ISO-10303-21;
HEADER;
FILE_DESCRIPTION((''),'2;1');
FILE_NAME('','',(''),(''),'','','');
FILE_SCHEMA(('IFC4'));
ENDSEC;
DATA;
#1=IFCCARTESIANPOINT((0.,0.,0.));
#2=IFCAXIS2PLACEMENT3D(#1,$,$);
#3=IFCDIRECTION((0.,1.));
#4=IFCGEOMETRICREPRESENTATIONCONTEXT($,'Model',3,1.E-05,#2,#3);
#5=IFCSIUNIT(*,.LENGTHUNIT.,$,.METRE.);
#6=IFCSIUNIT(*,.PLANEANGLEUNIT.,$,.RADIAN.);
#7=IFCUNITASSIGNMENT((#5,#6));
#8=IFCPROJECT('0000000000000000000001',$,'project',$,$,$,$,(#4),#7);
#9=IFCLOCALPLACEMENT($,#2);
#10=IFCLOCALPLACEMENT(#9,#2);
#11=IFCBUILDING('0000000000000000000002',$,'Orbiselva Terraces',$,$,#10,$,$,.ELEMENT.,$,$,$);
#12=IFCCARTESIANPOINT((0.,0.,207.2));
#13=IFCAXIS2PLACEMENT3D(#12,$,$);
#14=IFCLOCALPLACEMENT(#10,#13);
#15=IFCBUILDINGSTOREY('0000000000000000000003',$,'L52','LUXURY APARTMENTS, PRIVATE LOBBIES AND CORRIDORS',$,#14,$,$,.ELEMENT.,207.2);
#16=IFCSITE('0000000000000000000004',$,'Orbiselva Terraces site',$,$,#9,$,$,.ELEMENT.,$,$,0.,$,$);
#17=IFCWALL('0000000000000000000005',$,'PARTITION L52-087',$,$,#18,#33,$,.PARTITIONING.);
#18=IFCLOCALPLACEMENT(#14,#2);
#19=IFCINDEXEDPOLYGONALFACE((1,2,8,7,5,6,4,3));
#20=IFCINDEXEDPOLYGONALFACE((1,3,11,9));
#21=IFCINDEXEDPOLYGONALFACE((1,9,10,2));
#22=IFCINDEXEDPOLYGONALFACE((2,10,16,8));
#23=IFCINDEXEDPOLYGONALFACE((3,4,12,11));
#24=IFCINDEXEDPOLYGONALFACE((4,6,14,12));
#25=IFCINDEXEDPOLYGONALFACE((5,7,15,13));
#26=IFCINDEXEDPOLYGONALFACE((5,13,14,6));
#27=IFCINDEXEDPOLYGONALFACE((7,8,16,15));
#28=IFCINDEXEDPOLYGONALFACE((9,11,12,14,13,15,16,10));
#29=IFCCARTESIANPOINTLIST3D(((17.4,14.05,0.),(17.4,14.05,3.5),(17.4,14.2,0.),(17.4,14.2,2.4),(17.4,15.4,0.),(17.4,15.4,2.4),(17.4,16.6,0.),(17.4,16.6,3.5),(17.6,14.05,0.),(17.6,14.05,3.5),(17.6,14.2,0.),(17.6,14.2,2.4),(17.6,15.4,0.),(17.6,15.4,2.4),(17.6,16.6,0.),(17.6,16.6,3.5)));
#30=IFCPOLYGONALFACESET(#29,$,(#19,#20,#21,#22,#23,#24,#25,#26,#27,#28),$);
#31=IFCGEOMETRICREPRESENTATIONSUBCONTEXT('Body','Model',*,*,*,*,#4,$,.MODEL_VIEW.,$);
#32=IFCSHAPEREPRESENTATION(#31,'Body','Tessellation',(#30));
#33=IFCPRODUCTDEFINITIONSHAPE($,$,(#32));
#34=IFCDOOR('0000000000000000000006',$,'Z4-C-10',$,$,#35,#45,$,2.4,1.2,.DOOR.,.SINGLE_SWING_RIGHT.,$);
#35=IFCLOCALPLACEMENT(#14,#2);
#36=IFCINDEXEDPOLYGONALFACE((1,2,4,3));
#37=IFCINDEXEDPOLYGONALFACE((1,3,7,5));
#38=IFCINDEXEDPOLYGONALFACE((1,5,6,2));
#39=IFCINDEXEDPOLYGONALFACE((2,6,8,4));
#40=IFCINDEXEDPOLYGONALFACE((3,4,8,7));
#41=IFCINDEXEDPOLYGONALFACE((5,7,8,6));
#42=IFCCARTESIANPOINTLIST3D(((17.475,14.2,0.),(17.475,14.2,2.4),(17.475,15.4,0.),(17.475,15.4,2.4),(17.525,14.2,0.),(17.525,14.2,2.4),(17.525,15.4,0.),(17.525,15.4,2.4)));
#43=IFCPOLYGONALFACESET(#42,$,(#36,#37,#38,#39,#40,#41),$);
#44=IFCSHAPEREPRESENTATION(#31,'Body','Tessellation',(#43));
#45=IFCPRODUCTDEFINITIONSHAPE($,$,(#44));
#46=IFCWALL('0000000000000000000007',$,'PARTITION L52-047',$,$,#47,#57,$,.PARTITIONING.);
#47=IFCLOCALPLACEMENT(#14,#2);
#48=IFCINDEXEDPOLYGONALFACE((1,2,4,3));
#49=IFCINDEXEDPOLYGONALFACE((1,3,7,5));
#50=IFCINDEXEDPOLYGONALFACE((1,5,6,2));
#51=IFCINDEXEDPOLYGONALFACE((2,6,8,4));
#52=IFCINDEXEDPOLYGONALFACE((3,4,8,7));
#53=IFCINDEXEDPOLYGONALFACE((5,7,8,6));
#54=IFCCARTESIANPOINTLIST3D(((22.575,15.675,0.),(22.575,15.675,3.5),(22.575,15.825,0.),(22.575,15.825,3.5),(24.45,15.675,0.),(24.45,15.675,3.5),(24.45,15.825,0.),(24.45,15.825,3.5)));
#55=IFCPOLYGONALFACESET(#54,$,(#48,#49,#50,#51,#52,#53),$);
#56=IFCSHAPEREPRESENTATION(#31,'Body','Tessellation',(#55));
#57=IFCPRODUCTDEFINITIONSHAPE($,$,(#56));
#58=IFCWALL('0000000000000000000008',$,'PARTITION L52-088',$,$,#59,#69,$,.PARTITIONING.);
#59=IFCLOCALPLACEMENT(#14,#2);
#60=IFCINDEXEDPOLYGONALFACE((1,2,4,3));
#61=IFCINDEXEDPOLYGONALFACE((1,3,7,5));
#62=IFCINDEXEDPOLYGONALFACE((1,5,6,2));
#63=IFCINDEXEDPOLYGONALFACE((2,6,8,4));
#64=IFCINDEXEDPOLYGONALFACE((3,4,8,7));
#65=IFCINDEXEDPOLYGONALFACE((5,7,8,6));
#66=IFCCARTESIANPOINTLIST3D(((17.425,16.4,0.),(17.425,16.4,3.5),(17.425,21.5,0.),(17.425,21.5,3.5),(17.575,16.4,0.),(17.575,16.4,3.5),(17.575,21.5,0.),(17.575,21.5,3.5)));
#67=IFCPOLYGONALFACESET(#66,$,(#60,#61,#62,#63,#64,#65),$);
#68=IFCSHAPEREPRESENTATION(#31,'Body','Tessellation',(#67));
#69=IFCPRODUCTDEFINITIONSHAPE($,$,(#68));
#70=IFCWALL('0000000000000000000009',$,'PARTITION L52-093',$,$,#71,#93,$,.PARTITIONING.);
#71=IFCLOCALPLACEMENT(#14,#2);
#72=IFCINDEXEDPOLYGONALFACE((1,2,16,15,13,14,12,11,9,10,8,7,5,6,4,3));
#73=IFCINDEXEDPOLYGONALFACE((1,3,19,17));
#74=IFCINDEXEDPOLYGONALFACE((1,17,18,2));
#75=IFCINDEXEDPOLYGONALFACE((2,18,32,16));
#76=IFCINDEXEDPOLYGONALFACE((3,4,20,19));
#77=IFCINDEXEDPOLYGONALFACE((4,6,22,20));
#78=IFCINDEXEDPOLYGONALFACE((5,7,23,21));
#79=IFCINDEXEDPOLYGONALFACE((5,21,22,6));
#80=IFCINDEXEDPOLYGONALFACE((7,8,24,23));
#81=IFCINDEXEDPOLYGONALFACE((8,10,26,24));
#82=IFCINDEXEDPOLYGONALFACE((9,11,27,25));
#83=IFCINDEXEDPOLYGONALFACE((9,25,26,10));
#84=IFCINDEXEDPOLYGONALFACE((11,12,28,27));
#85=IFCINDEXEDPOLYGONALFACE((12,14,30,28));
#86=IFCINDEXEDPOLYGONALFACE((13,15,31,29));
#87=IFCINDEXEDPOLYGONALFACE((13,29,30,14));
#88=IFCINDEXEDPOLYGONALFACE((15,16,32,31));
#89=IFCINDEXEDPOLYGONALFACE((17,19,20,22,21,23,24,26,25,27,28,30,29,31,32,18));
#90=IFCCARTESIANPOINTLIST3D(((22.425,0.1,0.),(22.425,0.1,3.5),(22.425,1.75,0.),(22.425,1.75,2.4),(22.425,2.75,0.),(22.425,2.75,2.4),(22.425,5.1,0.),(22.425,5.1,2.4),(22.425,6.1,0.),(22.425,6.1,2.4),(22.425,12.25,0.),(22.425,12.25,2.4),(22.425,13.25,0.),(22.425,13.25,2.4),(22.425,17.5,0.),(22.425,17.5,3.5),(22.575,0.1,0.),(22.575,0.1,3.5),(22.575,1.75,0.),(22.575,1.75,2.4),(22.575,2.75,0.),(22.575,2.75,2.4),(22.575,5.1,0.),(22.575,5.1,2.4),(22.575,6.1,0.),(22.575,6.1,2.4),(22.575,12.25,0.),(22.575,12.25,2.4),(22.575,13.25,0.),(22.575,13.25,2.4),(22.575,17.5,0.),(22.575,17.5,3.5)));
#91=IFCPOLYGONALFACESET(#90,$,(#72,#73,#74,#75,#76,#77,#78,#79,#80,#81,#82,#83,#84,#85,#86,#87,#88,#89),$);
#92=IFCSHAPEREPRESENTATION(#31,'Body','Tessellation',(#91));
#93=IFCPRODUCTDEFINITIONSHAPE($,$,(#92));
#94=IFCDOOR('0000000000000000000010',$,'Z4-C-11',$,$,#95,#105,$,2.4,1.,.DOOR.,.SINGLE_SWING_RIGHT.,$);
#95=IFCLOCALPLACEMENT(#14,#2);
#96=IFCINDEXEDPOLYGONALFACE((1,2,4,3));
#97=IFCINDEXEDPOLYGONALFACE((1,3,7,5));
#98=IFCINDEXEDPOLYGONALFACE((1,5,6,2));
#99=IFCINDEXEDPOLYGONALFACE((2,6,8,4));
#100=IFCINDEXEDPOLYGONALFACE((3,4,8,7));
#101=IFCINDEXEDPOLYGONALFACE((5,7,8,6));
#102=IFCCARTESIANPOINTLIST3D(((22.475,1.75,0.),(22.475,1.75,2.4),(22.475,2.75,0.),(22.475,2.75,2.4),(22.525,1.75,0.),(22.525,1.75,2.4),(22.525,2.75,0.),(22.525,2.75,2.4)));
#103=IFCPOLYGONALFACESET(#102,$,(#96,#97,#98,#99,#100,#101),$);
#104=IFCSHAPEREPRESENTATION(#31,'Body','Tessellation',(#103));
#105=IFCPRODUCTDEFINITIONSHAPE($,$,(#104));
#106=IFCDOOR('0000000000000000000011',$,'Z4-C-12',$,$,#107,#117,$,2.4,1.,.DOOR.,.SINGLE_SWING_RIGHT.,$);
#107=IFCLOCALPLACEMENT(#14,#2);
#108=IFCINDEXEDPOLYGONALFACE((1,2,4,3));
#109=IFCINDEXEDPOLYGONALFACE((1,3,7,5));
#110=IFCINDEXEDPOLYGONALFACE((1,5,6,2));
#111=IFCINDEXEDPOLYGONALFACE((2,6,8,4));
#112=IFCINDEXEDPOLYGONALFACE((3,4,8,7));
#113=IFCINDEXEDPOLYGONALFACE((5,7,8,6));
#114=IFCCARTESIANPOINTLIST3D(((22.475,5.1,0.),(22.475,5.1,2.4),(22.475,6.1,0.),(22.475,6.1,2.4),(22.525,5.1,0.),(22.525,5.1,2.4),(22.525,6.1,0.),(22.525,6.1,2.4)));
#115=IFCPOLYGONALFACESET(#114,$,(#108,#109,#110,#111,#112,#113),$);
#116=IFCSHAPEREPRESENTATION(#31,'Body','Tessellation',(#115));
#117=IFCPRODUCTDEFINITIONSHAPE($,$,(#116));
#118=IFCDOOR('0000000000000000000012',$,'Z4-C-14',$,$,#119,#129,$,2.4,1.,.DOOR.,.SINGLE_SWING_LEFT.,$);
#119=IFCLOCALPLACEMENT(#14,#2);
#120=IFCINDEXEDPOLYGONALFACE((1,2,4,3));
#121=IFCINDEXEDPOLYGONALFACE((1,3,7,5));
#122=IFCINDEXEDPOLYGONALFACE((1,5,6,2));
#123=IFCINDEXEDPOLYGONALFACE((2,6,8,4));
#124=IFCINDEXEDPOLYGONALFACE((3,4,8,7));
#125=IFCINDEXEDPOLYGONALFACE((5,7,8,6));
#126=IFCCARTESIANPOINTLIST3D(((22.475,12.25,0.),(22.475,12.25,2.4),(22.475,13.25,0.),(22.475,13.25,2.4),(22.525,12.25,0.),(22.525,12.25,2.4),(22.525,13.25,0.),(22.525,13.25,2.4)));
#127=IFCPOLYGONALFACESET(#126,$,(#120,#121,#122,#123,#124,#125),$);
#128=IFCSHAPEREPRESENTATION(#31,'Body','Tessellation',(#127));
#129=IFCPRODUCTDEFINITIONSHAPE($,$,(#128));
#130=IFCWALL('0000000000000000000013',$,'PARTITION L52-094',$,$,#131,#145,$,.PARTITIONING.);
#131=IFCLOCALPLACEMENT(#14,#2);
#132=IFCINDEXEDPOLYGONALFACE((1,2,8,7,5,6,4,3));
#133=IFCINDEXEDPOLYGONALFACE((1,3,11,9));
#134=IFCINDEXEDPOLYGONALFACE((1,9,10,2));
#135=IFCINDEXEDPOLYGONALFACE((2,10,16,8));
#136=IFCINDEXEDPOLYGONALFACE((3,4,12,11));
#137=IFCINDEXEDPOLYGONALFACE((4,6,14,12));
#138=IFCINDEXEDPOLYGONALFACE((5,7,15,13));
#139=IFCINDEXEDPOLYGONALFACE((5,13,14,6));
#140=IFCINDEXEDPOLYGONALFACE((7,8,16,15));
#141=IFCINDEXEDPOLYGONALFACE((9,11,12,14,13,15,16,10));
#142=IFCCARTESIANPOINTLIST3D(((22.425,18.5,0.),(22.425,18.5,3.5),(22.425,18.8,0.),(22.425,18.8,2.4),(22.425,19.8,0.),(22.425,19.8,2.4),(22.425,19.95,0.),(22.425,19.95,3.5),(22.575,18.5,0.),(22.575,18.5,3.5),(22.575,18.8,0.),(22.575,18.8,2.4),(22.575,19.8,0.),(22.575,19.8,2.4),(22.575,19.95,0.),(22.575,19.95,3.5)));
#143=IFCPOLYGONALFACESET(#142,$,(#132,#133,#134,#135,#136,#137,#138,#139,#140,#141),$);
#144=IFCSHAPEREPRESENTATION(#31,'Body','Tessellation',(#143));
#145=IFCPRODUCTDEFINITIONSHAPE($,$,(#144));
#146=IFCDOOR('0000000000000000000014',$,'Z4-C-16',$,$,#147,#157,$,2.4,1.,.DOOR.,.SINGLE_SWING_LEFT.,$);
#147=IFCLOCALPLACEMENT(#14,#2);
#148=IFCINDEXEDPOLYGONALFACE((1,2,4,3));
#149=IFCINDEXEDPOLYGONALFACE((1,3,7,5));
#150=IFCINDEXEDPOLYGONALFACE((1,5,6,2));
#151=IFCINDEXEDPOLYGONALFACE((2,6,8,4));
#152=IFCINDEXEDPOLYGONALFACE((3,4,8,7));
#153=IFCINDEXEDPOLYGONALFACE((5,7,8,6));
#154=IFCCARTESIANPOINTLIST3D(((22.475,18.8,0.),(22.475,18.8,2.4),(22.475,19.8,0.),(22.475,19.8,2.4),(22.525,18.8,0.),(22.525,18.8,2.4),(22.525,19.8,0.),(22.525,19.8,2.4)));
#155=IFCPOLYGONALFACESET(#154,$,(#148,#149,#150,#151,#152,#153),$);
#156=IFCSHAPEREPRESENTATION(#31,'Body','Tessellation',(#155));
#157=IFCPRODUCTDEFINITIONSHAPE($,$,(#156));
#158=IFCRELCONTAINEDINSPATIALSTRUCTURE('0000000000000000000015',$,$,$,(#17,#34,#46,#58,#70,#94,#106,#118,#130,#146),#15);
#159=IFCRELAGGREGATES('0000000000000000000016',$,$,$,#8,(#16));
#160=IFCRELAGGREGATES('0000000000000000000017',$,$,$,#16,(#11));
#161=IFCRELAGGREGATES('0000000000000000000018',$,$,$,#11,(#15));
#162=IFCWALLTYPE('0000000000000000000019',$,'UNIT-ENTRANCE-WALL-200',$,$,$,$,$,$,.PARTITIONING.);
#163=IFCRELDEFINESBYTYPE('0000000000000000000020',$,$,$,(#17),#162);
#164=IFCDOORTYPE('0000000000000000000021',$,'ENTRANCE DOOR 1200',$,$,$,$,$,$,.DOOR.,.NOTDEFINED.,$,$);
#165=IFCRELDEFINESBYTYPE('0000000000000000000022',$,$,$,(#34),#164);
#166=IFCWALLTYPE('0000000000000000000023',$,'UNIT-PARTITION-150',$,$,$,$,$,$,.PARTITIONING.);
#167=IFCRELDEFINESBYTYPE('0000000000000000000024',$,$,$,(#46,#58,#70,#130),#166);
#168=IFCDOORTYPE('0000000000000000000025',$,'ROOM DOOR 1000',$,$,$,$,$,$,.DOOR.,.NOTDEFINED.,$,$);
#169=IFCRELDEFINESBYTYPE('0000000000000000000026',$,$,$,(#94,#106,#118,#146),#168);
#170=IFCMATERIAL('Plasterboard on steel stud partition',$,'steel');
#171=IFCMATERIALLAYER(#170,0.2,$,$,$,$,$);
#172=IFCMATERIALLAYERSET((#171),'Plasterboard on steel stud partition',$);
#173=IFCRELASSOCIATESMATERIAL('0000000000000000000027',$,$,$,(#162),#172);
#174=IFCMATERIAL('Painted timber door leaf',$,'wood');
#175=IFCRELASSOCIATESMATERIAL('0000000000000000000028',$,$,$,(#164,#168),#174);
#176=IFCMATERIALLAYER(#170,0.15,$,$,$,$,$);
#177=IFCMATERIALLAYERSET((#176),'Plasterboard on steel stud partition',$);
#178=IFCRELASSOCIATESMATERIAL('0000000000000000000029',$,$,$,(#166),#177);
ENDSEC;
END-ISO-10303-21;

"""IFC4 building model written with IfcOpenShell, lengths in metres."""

from ifc_helpers import new_model, si_unit, direction, frame, frame_2d, origin, place, context, subcontext, project, spatial, rectangle, extrude, material, layer, layer_set, type_object, element, fill, save


model = new_model("IFC4")

# Units and contexts
model_context = context("Model", 3, precision=1e-05, world=origin(), true_north=direction((0.0, 1.0)))
body_context = subcontext(model_context, "Body", "Model", "MODEL_VIEW")
ifc_project = project(units=[si_unit("LENGTHUNIT", "METRE"), si_unit("PLANEANGLEUNIT", "RADIAN")], contexts=[model_context])

# Site, building, storey
site_placement = place(None, origin())
site = spatial("IfcSite", under=ifc_project, at=site_placement, Name="Orbiselva Terraces site", CompositionType="ELEMENT", RefElevation=0.0)
building_placement = place(site_placement, origin())
building = spatial("IfcBuilding", under=site, at=building_placement, Name="Orbiselva Terraces", CompositionType="ELEMENT")
storey_placement = place(building_placement, frame((0.0, 0.0, 207.2)))
storey = spatial("IfcBuildingStorey", under=building, at=storey_placement, Name="L52", Description="LUXURY APARTMENTS, PRIVATE LOBBIES AND CORRIDORS", CompositionType="ELEMENT", Elevation=207.2)

# Wall, opening, door
ifc_material_1 = material(Name="Plasterboard on steel stud partition", Category="steel")
ifc_layer_1 = layer(ifc_material_1, 0.2)
ifc_layer_set_1 = layer_set([ifc_layer_1], Name="Plasterboard on steel stud partition")
wall_type_1 = type_object("IfcWallType", Name="UNIT-ENTRANCE-WALL-200", PredefinedType="PARTITIONING", material=ifc_layer_set_1)
wall_1_placement = place(storey_placement, frame((17.5, 16.6, 0.0), z_axis=(0.0, 0.0, 1.0), x_axis=(0.0, -1.0, 0.0)))
wall_1 = element("IfcWall", 1, at=wall_1_placement, inside=storey, type_object=wall_type_1, Name="PARTITION L52-087", PredefinedType="PARTITIONING", context=body_context, shape_type="SweptSolid", body=[
    extrude(rectangle(XDim=2.55, YDim=0.2, at=frame_2d((1.275, 0.0))), origin(), (0.0, 0.0, 1.0), 3.5),
])
opening_1_placement = place(wall_1_placement, frame((1.2, 0.0, 0.0)))
opening_1 = element("IfcOpeningElement", 2, at=opening_1_placement, cuts=wall_1, PredefinedType="OPENING", context=body_context, shape_type="SweptSolid", body=[
    extrude(rectangle(XDim=1.2, YDim=2.4, at=frame_2d((0.6, 1.2))), frame((0.0, 0.11, 0.0), z_axis=(0.0, -1.0, 0.0), x_axis=(1.0, 0.0, 0.0)), (0.0, 0.0, 1.0), 0.22),
])
ifc_material_2 = material(Name="Painted timber door leaf", Category="wood")
door_type_1 = type_object("IfcDoorType", Name="ENTRANCE DOOR 1200", OperationType="NOTDEFINED", PredefinedType="DOOR", material=ifc_material_2)
door_1_placement = place(opening_1_placement, origin())
door_1 = element("IfcDoor", 3, at=door_1_placement, inside=storey, type_object=door_type_1, Name="Z4-C-10", OperationType="SINGLE_SWING_RIGHT", OverallHeight=2.4, OverallWidth=1.2, PredefinedType="DOOR", context=body_context, shape_type="SweptSolid", body=[
    extrude(rectangle(XDim=1.2, YDim=2.4, at=frame_2d((0.6, 1.2))), frame((0.0, 0.025, 0.0), z_axis=(0.0, -1.0, 0.0), x_axis=(1.0, 0.0, 0.0)), (0.0, 0.0, 1.0), 0.05),
])
fill(opening_1, door_1)

# Walls
ifc_layer_2 = layer(ifc_material_1, 0.15)
ifc_layer_set_2 = layer_set([ifc_layer_2], Name="Plasterboard on steel stud partition")
wall_type_2 = type_object("IfcWallType", Name="UNIT-PARTITION-150", PredefinedType="PARTITIONING", material=ifc_layer_set_2)
wall_2_placement = place(storey_placement, frame((22.575, 15.75, 0.0), z_axis=(0.0, 0.0, 1.0), x_axis=(1.0, 0.0, 0.0)))
element("IfcWall", 4, at=wall_2_placement, inside=storey, type_object=wall_type_2, Name="PARTITION L52-047", PredefinedType="PARTITIONING", context=body_context, shape_type="SweptSolid", body=[
    extrude(rectangle(XDim=1.875, YDim=0.15, at=frame_2d((0.9375, 0.0))), origin(), (0.0, 0.0, 1.0), 3.5),
])
wall_3_placement = place(storey_placement, frame((17.5, 16.4, 0.0), z_axis=(0.0, 0.0, 1.0), x_axis=(0.0, 1.0, 0.0)))
element("IfcWall", 5, at=wall_3_placement, inside=storey, type_object=wall_type_2, Name="PARTITION L52-088", PredefinedType="PARTITIONING", context=body_context, shape_type="SweptSolid", body=[
    extrude(rectangle(XDim=5.1, YDim=0.15, at=frame_2d((2.55, 0.0))), origin(), (0.0, 0.0, 1.0), 3.5),
])

# Wall, openings, doors
wall_4_placement = place(storey_placement, frame((22.5, 17.5, 0.0), z_axis=(0.0, 0.0, 1.0), x_axis=(0.0, -1.0, 0.0)))
wall_4 = element("IfcWall", 6, at=wall_4_placement, inside=storey, type_object=wall_type_2, Name="PARTITION L52-093", PredefinedType="PARTITIONING", context=body_context, shape_type="SweptSolid", body=[
    extrude(rectangle(XDim=17.4, YDim=0.15, at=frame_2d((8.7, 0.0))), origin(), (0.0, 0.0, 1.0), 3.5),
])
opening_2_placement = place(wall_4_placement, frame((14.75, 0.0, 0.0)))
opening_2 = element("IfcOpeningElement", 7, at=opening_2_placement, cuts=wall_4, PredefinedType="OPENING", context=body_context, shape_type="SweptSolid", body=[
    extrude(rectangle(XDim=1.0, YDim=2.4, at=frame_2d((0.5, 1.2))), frame((0.0, 0.085, 0.0), z_axis=(0.0, -1.0, 0.0), x_axis=(1.0, 0.0, 0.0)), (0.0, 0.0, 1.0), 0.17),
])
opening_3_placement = place(wall_4_placement, frame((11.4, 0.0, 0.0)))
opening_3 = element("IfcOpeningElement", 8, at=opening_3_placement, cuts=wall_4, PredefinedType="OPENING", context=body_context, shape_type="SweptSolid", body=[
    extrude(rectangle(XDim=1.0, YDim=2.4, at=frame_2d((0.5, 1.2))), frame((0.0, 0.085, 0.0), z_axis=(0.0, -1.0, 0.0), x_axis=(1.0, 0.0, 0.0)), (0.0, 0.0, 1.0), 0.17),
])
opening_4_placement = place(wall_4_placement, frame((4.25, 0.0, 0.0)))
opening_4 = element("IfcOpeningElement", 9, at=opening_4_placement, cuts=wall_4, PredefinedType="OPENING", context=body_context, shape_type="SweptSolid", body=[
    extrude(rectangle(XDim=1.0, YDim=2.4, at=frame_2d((0.5, 1.2))), frame((0.0, 0.085, 0.0), z_axis=(0.0, -1.0, 0.0), x_axis=(1.0, 0.0, 0.0)), (0.0, 0.0, 1.0), 0.17),
])
door_type_2 = type_object("IfcDoorType", Name="ROOM DOOR 1000", OperationType="NOTDEFINED", PredefinedType="DOOR", material=ifc_material_2)
door_2_placement = place(opening_2_placement, origin())
door_2 = element("IfcDoor", 10, at=door_2_placement, inside=storey, type_object=door_type_2, Name="Z4-C-11", OperationType="SINGLE_SWING_RIGHT", OverallHeight=2.4, OverallWidth=1.0, PredefinedType="DOOR", context=body_context, shape_type="SweptSolid", body=[
    extrude(rectangle(XDim=1.0, YDim=2.4, at=frame_2d((0.5, 1.2))), frame((0.0, 0.025, 0.0), z_axis=(0.0, -1.0, 0.0), x_axis=(1.0, 0.0, 0.0)), (0.0, 0.0, 1.0), 0.05),
])
fill(opening_2, door_2)
door_3_placement = place(opening_3_placement, origin())
door_3 = element("IfcDoor", 11, at=door_3_placement, inside=storey, type_object=door_type_2, Name="Z4-C-12", OperationType="SINGLE_SWING_RIGHT", OverallHeight=2.4, OverallWidth=1.0, PredefinedType="DOOR", context=body_context, shape_type="SweptSolid", body=[
    extrude(rectangle(XDim=1.0, YDim=2.4, at=frame_2d((0.5, 1.2))), frame((0.0, 0.025, 0.0), z_axis=(0.0, -1.0, 0.0), x_axis=(1.0, 0.0, 0.0)), (0.0, 0.0, 1.0), 0.05),
])
fill(opening_3, door_3)
door_4_placement = place(opening_4_placement, origin())
door_4 = element("IfcDoor", 12, at=door_4_placement, inside=storey, type_object=door_type_2, Name="Z4-C-14", OperationType="SINGLE_SWING_LEFT", OverallHeight=2.4, OverallWidth=1.0, PredefinedType="DOOR", context=body_context, shape_type="SweptSolid", body=[
    extrude(rectangle(XDim=1.0, YDim=2.4, at=frame_2d((0.5, 1.2))), frame((0.0, 0.025, 0.0), z_axis=(0.0, -1.0, 0.0), x_axis=(1.0, 0.0, 0.0)), (0.0, 0.0, 1.0), 0.05),
])
fill(opening_4, door_4)

# Wall, opening, door
wall_5_placement = place(storey_placement, frame((22.5, 19.95, 0.0), z_axis=(0.0, 0.0, 1.0), x_axis=(0.0, -1.0, 0.0)))
wall_5 = element("IfcWall", 13, at=wall_5_placement, inside=storey, type_object=wall_type_2, Name="PARTITION L52-094", PredefinedType="PARTITIONING", context=body_context, shape_type="SweptSolid", body=[
    extrude(rectangle(XDim=1.45, YDim=0.15, at=frame_2d((0.725, 0.0))), origin(), (0.0, 0.0, 1.0), 3.5),
])
opening_5_placement = place(wall_5_placement, frame((0.15, 0.0, 0.0)))
opening_5 = element("IfcOpeningElement", 14, at=opening_5_placement, cuts=wall_5, PredefinedType="OPENING", context=body_context, shape_type="SweptSolid", body=[
    extrude(rectangle(XDim=1.0, YDim=2.4, at=frame_2d((0.5, 1.2))), frame((0.0, 0.085, 0.0), z_axis=(0.0, -1.0, 0.0), x_axis=(1.0, 0.0, 0.0)), (0.0, 0.0, 1.0), 0.17),
])
door_5_placement = place(opening_5_placement, origin())
door_5 = element("IfcDoor", 15, at=door_5_placement, inside=storey, type_object=door_type_2, Name="Z4-C-16", OperationType="SINGLE_SWING_LEFT", OverallHeight=2.4, OverallWidth=1.0, PredefinedType="DOOR", context=body_context, shape_type="SweptSolid", body=[
    extrude(rectangle(XDim=1.0, YDim=2.4, at=frame_2d((0.5, 1.2))), frame((0.0, 0.025, 0.0), z_axis=(0.0, -1.0, 0.0), x_axis=(1.0, 0.0, 0.0)), (0.0, 0.0, 1.0), 0.05),
])
fill(opening_5, door_5)

save(model, "model.ifc")
